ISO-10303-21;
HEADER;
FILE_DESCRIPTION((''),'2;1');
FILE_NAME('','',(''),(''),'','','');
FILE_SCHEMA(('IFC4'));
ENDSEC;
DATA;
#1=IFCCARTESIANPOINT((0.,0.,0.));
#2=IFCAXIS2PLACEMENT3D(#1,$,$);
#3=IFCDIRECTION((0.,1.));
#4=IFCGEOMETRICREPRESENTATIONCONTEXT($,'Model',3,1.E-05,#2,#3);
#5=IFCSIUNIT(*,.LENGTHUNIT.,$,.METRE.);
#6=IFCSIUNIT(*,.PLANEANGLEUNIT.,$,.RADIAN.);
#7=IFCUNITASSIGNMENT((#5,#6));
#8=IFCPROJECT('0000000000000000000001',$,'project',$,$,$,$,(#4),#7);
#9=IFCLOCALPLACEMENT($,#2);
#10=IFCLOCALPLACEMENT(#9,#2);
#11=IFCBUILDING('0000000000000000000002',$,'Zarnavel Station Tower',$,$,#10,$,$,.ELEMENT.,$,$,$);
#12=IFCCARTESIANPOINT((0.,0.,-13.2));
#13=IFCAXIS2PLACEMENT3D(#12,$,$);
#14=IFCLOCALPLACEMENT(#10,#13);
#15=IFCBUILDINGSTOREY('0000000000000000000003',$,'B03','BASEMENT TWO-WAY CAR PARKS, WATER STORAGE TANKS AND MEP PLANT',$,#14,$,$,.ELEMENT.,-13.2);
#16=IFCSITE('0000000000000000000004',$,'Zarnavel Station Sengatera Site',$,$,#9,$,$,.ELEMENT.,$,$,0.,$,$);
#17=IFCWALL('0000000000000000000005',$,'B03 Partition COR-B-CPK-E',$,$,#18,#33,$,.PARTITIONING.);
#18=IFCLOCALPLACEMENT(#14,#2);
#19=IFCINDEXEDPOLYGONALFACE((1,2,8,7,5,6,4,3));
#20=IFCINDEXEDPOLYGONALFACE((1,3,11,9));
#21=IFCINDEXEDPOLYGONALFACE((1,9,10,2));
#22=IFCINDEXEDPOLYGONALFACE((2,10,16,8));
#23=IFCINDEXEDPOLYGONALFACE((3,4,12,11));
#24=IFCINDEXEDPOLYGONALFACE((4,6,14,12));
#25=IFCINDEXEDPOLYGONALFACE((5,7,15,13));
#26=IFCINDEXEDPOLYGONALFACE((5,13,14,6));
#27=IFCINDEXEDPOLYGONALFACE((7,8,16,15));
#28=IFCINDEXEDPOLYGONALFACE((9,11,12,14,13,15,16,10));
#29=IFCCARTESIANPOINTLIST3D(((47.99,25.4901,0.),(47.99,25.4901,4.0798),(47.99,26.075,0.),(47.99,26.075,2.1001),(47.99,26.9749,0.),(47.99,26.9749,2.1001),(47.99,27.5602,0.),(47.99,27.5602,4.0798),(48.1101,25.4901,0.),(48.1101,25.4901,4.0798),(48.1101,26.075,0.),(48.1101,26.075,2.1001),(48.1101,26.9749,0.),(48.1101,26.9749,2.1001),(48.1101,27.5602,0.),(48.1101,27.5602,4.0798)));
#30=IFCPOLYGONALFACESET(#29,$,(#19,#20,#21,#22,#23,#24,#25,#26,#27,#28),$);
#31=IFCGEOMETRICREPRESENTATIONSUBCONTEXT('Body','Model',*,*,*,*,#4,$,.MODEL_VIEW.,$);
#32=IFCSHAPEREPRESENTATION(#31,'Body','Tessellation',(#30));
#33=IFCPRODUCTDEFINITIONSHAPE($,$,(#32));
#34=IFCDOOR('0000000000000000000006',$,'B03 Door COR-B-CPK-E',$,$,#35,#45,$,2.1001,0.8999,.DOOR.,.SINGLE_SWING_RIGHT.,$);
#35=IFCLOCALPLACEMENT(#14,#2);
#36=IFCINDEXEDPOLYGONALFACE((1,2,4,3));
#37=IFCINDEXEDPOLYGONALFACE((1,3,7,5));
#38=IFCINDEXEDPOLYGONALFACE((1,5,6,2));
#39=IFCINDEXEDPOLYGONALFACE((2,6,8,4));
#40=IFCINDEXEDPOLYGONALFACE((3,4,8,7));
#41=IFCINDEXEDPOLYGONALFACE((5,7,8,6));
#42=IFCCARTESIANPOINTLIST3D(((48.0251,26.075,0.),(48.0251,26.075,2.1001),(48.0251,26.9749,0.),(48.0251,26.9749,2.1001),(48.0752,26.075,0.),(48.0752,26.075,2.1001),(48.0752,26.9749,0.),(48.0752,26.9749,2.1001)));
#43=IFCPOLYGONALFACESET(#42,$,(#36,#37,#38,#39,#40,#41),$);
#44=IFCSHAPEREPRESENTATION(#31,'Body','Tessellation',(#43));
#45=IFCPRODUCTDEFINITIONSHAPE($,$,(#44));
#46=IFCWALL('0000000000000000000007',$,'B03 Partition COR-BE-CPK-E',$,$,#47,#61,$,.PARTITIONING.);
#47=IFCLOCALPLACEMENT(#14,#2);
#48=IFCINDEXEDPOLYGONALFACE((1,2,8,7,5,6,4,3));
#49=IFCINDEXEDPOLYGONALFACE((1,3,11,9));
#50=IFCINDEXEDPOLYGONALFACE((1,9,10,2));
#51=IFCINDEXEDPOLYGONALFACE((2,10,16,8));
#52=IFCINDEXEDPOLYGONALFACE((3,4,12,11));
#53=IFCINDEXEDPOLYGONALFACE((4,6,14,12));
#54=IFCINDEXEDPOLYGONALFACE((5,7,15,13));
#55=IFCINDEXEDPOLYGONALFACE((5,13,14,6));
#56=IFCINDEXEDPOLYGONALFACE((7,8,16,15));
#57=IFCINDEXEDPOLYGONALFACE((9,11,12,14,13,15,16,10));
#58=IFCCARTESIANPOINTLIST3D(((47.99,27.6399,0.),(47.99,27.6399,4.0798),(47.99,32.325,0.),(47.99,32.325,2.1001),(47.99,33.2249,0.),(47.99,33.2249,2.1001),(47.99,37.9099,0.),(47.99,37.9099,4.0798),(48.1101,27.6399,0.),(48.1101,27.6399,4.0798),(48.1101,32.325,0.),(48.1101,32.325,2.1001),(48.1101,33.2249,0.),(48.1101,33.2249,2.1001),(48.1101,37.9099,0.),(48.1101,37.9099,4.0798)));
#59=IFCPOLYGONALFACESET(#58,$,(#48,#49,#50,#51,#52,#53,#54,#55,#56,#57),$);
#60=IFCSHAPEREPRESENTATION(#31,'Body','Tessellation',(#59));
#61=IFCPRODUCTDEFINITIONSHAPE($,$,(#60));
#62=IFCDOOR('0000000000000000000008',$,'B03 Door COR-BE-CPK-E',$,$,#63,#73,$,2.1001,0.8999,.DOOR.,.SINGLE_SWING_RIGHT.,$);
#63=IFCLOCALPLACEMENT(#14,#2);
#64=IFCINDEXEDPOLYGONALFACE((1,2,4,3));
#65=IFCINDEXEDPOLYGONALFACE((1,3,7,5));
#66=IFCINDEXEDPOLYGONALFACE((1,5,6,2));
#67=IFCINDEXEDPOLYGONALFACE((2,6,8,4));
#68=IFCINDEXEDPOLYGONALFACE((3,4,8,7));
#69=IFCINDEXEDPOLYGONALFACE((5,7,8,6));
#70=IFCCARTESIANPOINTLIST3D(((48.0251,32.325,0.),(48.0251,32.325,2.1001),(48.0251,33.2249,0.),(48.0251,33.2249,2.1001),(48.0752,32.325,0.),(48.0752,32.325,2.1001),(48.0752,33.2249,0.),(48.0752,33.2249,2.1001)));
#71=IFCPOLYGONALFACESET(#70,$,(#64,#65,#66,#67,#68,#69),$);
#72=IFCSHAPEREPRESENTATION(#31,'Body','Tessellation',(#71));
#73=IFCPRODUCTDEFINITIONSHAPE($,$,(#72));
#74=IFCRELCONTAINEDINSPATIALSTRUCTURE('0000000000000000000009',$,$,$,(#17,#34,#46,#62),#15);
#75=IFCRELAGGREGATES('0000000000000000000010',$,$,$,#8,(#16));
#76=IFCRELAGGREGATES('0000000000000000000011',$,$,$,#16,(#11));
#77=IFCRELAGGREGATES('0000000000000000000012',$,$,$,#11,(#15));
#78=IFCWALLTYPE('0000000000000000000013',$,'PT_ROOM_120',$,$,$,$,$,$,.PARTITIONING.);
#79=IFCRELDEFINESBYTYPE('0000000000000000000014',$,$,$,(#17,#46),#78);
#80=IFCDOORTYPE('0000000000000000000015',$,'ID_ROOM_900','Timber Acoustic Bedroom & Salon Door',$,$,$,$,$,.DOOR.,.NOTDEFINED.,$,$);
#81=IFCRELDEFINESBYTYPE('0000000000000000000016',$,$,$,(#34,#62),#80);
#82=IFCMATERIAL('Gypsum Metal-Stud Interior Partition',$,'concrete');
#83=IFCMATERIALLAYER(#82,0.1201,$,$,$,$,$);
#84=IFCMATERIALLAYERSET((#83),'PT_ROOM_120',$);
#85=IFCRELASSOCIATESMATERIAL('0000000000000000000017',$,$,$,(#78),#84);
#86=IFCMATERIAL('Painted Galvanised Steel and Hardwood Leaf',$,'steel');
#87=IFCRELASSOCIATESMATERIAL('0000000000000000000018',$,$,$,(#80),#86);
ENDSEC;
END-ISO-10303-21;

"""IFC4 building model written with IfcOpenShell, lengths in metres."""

from ifc_helpers import new_model, si_unit, direction, frame, frame_2d, origin, place, context, subcontext, project, spatial, rectangle, extrude, material, layer, layer_set, type_object, element, fill, save


model = new_model("IFC4")

# Units and contexts
model_context = context("Model", 3, precision=1e-05, world=origin(), true_north=direction((0.0, 1.0)))
body_context = subcontext(model_context, "Body", "Model", "MODEL_VIEW")
ifc_project = project(units=[si_unit("LENGTHUNIT", "METRE"), si_unit("PLANEANGLEUNIT", "RADIAN")], contexts=[model_context])

# Site, building, storey
site_placement = place(None, origin())
site = spatial("IfcSite", under=ifc_project, at=site_placement, Name="Zarnavel Station Sengatera Site", CompositionType="ELEMENT", RefElevation=0.0)
building_placement = place(site_placement, origin())
building = spatial("IfcBuilding", under=site, at=building_placement, Name="Zarnavel Station Tower", CompositionType="ELEMENT")
storey_placement = place(building_placement, frame((0.0, 0.0, -13.2)))
storey = spatial("IfcBuildingStorey", under=building, at=storey_placement, Name="B03", Description="BASEMENT TWO-WAY CAR PARKS, WATER STORAGE TANKS AND MEP PLANT", CompositionType="ELEMENT", Elevation=-13.2)

# Walls, openings, doors
ifc_material_1 = material(Name="Gypsum Metal-Stud Interior Partition", Category="concrete")
ifc_layer_1 = layer(ifc_material_1, 0.1201)
ifc_layer_set_1 = layer_set([ifc_layer_1], Name="PT_ROOM_120")
wall_type_1 = type_object("IfcWallType", Name="PT_ROOM_120", PredefinedType="PARTITIONING", material=ifc_layer_set_1)
wall_1_placement = place(storey_placement, frame((48.05, 25.49, 0.0), z_axis=(0.0, 0.0, 1.0), x_axis=(0.0, 1.0, 0.0)))
wall_1 = element("IfcWall", 1, at=wall_1_placement, inside=storey, type_object=wall_type_1, Name="B03 Partition COR-B-CPK-E", PredefinedType="PARTITIONING", context=body_context, shape_type="SweptSolid", body=[
    extrude(rectangle(XDim=2.0701, YDim=0.1201, at=frame_2d((1.0352, 0.0))), origin(), (0.0, 0.0, 1.0), 4.0798),
])
opening_1_placement = place(wall_1_placement, frame((0.585, 0.0, 0.0)))
opening_1 = element("IfcOpeningElement", 2, at=opening_1_placement, cuts=wall_1, PredefinedType="OPENING", context=body_context, shape_type="SweptSolid", body=[
    extrude(rectangle(XDim=0.8999, YDim=2.1001, at=frame_2d((0.45, 1.05))), frame((0.0, 0.0701, 0.0), z_axis=(0.0, -1.0, 0.0), x_axis=(1.0, 0.0, 0.0)), (0.0, 0.0, 1.0), 0.1401),
])
ifc_material_2 = material(Name="Painted Galvanised Steel and Hardwood Leaf", Category="steel")
door_type_1 = type_object("IfcDoorType", Name="ID_ROOM_900", Description="Timber Acoustic Bedroom & Salon Door", OperationType="NOTDEFINED", PredefinedType="DOOR", material=ifc_material_2)
door_1_placement = place(opening_1_placement, origin())
door_1 = element("IfcDoor", 3, at=door_1_placement, inside=storey, type_object=door_type_1, Name="B03 Door COR-B-CPK-E", OperationType="SINGLE_SWING_RIGHT", OverallHeight=2.1001, OverallWidth=0.8999, PredefinedType="DOOR", context=body_context, shape_type="SweptSolid", body=[
    extrude(rectangle(XDim=0.8999, YDim=2.1001, at=frame_2d((0.45, 1.05))), frame((0.0, 0.0249, 0.0), z_axis=(0.0, -1.0, 0.0), x_axis=(1.0, 0.0, 0.0)), (0.0, 0.0, 1.0), 0.05),
])
fill(opening_1, door_1)
wall_2_placement = place(storey_placement, frame((48.05, 27.6399, 0.0), z_axis=(0.0, 0.0, 1.0), x_axis=(0.0, 1.0, 0.0)))
wall_2 = element("IfcWall", 4, at=wall_2_placement, inside=storey, type_object=wall_type_1, Name="B03 Partition COR-BE-CPK-E", PredefinedType="PARTITIONING", context=body_context, shape_type="SweptSolid", body=[
    extrude(rectangle(XDim=10.27, YDim=0.1201, at=frame_2d((5.135, 0.0))), origin(), (0.0, 0.0, 1.0), 4.0798),
])
opening_2_placement = place(wall_2_placement, frame((4.6851, 0.0, 0.0)))
opening_2 = element("IfcOpeningElement", 5, at=opening_2_placement, cuts=wall_2, PredefinedType="OPENING", context=body_context, shape_type="SweptSolid", body=[
    extrude(rectangle(XDim=0.8999, YDim=2.1001, at=frame_2d((0.45, 1.05))), frame((0.0, 0.0701, 0.0), z_axis=(0.0, -1.0, 0.0), x_axis=(1.0, 0.0, 0.0)), (0.0, 0.0, 1.0), 0.1401),
])
door_2_placement = place(opening_2_placement, origin())
door_2 = element("IfcDoor", 6, at=door_2_placement, inside=storey, type_object=door_type_1, Name="B03 Door COR-BE-CPK-E", OperationType="SINGLE_SWING_RIGHT", OverallHeight=2.1001, OverallWidth=0.8999, PredefinedType="DOOR", context=body_context, shape_type="SweptSolid", body=[
    extrude(rectangle(XDim=0.8999, YDim=2.1001, at=frame_2d((0.45, 1.05))), frame((0.0, 0.0249, 0.0), z_axis=(0.0, -1.0, 0.0), x_axis=(1.0, 0.0, 0.0)), (0.0, 0.0, 1.0), 0.05),
])
fill(opening_2, door_2)

save(model, "model.ifc")
